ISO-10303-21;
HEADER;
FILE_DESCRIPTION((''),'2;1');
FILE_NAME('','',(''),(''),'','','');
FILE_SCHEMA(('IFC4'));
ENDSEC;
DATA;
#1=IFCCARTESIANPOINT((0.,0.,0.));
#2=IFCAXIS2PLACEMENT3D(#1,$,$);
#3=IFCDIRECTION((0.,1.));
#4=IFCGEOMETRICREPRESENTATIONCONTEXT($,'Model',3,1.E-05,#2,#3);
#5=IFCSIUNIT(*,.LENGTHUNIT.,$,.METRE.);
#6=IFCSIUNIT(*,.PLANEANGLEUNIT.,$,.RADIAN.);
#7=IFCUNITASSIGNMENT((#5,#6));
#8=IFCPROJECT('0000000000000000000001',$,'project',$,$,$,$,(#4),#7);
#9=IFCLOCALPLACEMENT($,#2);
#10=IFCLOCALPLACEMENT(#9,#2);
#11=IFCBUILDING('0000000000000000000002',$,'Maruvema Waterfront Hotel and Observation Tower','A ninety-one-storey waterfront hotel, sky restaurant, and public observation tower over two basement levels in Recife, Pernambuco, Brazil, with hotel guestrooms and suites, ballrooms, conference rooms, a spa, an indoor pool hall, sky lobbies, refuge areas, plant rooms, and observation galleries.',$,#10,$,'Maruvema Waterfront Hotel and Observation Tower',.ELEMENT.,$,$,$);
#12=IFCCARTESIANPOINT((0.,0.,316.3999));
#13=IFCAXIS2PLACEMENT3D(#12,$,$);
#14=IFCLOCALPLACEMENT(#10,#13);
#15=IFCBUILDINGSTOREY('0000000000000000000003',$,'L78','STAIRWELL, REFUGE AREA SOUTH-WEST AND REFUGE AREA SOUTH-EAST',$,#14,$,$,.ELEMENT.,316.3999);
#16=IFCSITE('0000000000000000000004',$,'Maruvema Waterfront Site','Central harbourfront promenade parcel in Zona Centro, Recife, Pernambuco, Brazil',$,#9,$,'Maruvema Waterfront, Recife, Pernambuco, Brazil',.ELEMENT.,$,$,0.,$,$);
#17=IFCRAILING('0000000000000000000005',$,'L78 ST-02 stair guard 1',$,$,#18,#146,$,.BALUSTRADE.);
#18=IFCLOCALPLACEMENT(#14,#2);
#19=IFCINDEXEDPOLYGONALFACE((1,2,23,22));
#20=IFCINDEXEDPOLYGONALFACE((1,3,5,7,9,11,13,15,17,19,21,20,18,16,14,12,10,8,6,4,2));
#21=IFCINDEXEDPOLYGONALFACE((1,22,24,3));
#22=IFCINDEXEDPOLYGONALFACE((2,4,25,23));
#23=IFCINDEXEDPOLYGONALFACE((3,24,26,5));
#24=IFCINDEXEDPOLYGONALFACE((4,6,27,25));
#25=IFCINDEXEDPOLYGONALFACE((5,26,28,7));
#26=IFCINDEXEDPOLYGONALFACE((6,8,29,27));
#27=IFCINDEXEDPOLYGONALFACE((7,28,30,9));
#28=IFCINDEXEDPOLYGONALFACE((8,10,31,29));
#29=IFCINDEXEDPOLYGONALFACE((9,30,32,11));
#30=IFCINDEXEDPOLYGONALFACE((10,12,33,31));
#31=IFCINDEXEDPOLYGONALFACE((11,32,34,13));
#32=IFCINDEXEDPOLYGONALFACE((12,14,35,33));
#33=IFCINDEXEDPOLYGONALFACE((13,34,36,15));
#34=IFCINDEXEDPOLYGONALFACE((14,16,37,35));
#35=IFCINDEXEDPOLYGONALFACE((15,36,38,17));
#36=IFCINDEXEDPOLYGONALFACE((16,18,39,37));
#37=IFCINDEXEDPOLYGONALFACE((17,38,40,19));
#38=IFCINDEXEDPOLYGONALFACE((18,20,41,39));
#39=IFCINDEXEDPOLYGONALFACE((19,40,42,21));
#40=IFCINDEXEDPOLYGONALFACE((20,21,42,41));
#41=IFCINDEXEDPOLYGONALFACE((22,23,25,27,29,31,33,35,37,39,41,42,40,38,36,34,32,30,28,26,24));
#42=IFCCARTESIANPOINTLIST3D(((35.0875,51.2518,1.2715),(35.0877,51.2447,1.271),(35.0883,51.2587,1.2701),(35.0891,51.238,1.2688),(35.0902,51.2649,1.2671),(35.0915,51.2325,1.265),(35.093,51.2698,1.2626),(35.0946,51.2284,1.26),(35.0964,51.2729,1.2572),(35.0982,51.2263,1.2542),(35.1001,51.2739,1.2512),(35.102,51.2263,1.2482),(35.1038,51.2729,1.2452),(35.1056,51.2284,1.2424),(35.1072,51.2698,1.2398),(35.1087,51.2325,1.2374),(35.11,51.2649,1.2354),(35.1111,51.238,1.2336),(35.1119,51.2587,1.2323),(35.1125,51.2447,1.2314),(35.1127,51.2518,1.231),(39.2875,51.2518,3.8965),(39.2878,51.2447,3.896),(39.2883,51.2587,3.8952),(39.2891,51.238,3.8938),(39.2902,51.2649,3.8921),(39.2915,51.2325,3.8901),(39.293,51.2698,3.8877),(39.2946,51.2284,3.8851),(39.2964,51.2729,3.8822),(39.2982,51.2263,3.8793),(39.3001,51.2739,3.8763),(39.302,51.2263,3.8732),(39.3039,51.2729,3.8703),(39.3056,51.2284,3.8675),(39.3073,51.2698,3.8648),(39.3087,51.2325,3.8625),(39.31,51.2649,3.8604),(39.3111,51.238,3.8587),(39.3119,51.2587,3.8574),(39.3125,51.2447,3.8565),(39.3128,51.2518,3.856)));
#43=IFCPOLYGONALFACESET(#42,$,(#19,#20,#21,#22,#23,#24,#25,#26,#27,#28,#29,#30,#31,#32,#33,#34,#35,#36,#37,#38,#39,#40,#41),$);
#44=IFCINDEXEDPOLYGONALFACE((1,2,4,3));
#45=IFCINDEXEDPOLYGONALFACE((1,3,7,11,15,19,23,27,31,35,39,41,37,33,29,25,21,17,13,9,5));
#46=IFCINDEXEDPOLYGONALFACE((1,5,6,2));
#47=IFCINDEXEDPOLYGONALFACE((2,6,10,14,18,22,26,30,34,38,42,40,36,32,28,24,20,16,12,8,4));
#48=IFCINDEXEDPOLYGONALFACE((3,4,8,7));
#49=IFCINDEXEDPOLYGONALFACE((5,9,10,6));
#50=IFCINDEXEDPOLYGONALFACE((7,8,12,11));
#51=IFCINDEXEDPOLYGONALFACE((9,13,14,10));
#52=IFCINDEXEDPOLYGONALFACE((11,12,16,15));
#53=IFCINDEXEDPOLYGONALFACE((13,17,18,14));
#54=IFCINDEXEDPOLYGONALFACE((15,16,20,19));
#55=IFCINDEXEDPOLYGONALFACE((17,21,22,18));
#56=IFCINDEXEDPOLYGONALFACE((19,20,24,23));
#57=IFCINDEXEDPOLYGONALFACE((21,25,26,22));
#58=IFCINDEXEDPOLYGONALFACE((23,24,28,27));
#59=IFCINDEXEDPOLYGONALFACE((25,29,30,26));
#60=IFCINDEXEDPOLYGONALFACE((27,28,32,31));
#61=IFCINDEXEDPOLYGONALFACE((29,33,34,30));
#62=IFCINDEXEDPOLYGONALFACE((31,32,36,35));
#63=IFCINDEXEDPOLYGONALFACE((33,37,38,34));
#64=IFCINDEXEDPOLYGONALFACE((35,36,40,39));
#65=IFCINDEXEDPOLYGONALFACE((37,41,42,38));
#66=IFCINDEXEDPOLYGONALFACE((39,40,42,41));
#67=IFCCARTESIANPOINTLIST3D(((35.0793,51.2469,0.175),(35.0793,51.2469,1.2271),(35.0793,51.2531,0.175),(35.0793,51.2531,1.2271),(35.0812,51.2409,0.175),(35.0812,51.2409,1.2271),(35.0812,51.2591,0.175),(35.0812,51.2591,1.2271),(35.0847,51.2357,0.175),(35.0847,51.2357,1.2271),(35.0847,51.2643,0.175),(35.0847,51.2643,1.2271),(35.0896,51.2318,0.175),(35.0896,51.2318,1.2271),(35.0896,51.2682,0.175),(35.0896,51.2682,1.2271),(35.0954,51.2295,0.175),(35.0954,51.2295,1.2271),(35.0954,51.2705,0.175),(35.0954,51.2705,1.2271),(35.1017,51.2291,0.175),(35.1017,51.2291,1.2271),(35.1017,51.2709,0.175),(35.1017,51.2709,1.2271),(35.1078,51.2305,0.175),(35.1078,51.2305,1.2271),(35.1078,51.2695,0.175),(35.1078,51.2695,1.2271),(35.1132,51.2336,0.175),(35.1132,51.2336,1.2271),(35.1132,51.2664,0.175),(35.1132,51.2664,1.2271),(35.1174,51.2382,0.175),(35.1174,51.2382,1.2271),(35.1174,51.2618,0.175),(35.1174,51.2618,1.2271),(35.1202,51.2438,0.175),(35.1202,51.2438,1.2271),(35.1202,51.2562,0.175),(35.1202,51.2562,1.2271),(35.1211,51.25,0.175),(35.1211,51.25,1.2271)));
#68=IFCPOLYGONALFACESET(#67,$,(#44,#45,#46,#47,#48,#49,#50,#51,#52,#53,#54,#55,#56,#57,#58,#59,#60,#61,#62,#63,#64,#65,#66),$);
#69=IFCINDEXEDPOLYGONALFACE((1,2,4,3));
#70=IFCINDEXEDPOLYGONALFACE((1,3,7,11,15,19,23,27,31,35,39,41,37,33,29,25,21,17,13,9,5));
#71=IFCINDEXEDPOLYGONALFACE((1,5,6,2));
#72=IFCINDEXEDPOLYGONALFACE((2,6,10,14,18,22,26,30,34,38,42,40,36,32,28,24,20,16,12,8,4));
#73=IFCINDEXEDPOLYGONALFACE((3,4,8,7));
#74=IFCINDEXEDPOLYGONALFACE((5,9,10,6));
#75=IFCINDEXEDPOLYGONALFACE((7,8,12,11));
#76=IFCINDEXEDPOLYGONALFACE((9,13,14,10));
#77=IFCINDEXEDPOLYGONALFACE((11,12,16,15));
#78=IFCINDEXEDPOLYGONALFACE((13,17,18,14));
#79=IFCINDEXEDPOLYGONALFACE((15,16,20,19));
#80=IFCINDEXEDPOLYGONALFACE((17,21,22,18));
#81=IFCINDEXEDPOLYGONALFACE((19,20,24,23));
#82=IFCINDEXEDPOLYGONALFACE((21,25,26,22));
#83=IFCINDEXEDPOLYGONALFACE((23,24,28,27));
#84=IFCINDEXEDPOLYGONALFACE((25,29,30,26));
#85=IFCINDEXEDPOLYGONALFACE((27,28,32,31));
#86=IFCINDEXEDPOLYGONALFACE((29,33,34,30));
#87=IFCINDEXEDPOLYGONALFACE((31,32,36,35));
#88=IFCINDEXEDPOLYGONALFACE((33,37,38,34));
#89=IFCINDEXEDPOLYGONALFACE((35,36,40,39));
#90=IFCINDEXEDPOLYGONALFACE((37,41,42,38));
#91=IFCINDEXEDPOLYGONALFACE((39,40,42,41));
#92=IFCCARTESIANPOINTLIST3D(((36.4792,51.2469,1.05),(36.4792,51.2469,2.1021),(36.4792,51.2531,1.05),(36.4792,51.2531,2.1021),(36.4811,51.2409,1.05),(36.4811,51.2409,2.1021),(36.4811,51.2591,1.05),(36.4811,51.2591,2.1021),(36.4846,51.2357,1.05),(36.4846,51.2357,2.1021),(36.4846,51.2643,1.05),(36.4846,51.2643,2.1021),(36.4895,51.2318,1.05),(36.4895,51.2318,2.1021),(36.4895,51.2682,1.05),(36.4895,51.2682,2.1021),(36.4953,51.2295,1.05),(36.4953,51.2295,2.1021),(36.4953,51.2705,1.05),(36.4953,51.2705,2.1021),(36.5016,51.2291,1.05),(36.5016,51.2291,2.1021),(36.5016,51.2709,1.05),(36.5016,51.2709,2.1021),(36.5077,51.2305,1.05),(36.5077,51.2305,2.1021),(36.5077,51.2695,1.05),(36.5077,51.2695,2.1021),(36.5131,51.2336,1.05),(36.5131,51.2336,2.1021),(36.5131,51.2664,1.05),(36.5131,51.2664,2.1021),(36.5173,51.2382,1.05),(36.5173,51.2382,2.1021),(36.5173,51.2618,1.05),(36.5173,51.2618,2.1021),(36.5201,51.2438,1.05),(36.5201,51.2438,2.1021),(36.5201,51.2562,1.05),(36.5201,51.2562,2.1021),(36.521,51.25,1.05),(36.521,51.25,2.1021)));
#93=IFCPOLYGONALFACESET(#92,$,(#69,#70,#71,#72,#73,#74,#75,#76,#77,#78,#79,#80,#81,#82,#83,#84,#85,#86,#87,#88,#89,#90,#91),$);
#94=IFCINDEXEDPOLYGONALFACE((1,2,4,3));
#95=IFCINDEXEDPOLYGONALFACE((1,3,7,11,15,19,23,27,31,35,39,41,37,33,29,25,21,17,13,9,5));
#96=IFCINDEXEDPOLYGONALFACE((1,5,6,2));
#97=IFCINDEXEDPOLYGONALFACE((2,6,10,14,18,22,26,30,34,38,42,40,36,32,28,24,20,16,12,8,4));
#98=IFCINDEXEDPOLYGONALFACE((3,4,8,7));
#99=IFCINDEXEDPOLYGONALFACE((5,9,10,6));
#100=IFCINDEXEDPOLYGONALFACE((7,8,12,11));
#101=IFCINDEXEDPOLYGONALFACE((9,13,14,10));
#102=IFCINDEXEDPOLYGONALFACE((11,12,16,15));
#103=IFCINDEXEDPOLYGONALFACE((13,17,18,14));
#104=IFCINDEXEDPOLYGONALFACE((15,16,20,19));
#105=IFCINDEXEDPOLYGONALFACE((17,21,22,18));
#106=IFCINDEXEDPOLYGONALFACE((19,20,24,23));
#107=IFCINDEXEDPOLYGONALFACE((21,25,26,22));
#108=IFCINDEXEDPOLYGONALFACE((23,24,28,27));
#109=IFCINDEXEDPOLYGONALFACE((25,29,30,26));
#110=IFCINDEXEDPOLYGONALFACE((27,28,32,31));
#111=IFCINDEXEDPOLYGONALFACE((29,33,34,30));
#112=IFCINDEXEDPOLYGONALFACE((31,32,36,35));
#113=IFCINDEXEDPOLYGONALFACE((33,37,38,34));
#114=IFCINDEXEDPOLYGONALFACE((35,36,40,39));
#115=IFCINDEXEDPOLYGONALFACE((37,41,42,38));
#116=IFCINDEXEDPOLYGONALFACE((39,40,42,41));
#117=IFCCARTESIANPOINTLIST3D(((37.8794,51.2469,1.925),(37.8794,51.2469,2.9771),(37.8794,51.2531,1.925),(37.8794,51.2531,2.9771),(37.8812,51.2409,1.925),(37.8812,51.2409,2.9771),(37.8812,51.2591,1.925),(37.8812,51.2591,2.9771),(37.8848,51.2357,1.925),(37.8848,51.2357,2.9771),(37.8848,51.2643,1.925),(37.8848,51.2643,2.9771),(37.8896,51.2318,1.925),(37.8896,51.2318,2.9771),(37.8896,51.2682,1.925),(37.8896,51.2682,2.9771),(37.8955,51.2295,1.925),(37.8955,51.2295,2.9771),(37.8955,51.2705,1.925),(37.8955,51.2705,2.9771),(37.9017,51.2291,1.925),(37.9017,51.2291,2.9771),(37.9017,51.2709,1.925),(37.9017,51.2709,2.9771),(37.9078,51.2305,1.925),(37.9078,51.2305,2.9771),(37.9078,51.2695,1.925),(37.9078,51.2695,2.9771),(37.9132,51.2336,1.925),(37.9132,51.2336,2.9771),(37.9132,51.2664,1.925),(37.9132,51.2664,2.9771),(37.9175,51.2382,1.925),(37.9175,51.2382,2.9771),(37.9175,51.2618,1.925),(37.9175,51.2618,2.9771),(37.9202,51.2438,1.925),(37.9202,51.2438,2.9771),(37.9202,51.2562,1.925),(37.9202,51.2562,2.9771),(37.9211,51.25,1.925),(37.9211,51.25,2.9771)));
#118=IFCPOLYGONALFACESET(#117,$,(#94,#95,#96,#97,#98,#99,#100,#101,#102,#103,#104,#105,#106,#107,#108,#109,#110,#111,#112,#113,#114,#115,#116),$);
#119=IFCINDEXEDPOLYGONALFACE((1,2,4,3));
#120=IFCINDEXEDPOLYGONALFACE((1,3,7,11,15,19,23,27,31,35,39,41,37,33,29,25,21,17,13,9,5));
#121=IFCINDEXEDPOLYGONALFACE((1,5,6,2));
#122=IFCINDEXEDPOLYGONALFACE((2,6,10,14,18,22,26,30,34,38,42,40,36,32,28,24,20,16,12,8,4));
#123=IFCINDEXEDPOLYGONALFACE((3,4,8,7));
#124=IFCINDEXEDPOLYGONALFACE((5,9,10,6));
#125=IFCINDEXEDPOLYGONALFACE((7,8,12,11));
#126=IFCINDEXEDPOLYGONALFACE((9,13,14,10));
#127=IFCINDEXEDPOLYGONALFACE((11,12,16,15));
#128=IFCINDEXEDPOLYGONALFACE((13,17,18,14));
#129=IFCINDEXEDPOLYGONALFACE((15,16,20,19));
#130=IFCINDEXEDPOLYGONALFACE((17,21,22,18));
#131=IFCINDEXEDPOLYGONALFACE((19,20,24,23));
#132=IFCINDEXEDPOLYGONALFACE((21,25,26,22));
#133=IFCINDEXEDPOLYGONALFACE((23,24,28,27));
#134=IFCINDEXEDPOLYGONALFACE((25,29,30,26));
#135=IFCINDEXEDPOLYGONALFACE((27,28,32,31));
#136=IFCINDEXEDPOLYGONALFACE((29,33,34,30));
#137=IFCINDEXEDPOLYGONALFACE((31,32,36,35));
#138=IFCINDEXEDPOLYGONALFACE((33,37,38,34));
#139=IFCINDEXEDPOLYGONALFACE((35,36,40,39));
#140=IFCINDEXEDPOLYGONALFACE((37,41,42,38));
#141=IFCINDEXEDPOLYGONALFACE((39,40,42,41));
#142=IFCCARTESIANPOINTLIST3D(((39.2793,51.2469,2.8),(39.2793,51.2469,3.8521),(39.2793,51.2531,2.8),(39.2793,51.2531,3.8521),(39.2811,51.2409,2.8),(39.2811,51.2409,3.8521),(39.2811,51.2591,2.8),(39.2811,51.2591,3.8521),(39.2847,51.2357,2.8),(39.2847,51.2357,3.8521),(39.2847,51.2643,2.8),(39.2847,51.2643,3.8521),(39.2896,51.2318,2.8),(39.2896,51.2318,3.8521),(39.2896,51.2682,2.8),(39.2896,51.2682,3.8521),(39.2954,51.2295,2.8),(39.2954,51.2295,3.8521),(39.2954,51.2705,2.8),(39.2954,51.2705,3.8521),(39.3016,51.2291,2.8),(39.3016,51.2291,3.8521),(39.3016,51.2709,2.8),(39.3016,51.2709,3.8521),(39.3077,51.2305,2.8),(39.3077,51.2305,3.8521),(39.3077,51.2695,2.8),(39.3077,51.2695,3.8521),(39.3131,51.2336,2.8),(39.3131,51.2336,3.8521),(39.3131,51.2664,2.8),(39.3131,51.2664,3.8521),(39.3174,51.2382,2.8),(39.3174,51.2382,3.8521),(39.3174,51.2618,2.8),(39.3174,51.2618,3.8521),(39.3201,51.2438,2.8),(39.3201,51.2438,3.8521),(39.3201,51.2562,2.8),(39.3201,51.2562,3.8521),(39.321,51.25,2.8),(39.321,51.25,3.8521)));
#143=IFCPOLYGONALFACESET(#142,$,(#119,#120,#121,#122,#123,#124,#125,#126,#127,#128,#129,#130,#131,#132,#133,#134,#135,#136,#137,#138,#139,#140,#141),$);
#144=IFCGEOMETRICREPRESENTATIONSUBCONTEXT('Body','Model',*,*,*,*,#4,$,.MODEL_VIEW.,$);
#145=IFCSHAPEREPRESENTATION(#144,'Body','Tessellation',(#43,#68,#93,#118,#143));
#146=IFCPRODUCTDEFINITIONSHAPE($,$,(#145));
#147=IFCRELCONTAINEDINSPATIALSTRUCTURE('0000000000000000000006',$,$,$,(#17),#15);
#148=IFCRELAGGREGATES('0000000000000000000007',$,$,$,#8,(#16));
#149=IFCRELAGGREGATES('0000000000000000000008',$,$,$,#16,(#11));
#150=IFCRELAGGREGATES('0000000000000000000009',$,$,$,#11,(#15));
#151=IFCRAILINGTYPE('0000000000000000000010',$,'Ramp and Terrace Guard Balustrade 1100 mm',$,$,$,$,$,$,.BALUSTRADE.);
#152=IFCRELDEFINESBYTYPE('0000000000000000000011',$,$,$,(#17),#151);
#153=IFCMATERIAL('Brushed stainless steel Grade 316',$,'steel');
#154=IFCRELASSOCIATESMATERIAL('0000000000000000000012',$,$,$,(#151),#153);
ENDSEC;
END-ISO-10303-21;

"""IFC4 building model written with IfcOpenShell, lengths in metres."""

from ifc_helpers import new_model, si_unit, direction, frame, origin, origin_2d, place, context, subcontext, project, spatial, circle, extrude, material, type_object, element, save


model = new_model("IFC4")

# Units and contexts
model_context = context("Model", 3, precision=1e-05, world=origin(), true_north=direction((0.0, 1.0)))
body_context = subcontext(model_context, "Body", "Model", "MODEL_VIEW")
ifc_project = project(units=[si_unit("LENGTHUNIT", "METRE"), si_unit("PLANEANGLEUNIT", "RADIAN")], contexts=[model_context])

# Site, building, storey
site_placement = place(None, origin())
site = spatial("IfcSite", under=ifc_project, at=site_placement, Name="Maruvema Waterfront Site", Description="Central harbourfront promenade parcel in Zona Centro, Recife, Pernambuco, Brazil", LongName="Maruvema Waterfront, Recife, Pernambuco, Brazil", CompositionType="ELEMENT", RefElevation=0.0)
building_placement = place(site_placement, origin())
building = spatial("IfcBuilding", under=site, at=building_placement, Name="Maruvema Waterfront Hotel and Observation Tower", Description="A ninety-one-storey waterfront hotel, sky restaurant, and public observation tower over two basement levels in Recife, Pernambuco, Brazil, with hotel guestrooms and suites, ballrooms, conference rooms, a spa, an indoor pool hall, sky lobbies, refuge areas, plant rooms, and observation galleries.", LongName="Maruvema Waterfront Hotel and Observation Tower", CompositionType="ELEMENT")
storey_placement = place(building_placement, frame((0.0, 0.0, 316.3999)))
storey = spatial("IfcBuildingStorey", under=building, at=storey_placement, Name="L78", Description="STAIRWELL, REFUGE AREA SOUTH-WEST AND REFUGE AREA SOUTH-EAST", CompositionType="ELEMENT", Elevation=316.3999)

# Railing
ifc_material_1 = material(Name="Brushed stainless steel Grade 316", Category="steel")
railing_type_1 = type_object("IfcRailingType", Name="Ramp and Terrace Guard Balustrade 1100 mm", PredefinedType="BALUSTRADE", material=ifc_material_1)
railing_1_placement = place(storey_placement, frame((35.1001, 51.25, 0.175)))
element("IfcRailing", 1, at=railing_1_placement, inside=storey, type_object=railing_type_1, Name="L78 ST-02 stair guard 1", PredefinedType="BALUSTRADE", context=body_context, shape_type="SweptSolid", body=[
    extrude(circle(Radius=0.0239, at=origin_2d()), frame((0.0, 0.0, 1.0762), z_axis=(0.847996, 0.0, 0.530003), x_axis=(0.0, 1.0, 0.0)), (0.0, 0.0, 1.0), 4.9529),
    extrude(circle(Radius=0.021, at=origin_2d()), origin(), (0.0, 0.0, 1.0), 1.052),
    extrude(circle(Radius=0.021, at=origin_2d()), frame((1.3999, 0.0, 0.875)), (0.0, 0.0, 1.0), 1.052),
    extrude(circle(Radius=0.021, at=origin_2d()), frame((2.8, 0.0, 1.75)), (0.0, 0.0, 1.0), 1.052),
    extrude(circle(Radius=0.021, at=origin_2d()), frame((4.2, 0.0, 2.625)), (0.0, 0.0, 1.0), 1.052),
])

save(model, "model.ifc")
